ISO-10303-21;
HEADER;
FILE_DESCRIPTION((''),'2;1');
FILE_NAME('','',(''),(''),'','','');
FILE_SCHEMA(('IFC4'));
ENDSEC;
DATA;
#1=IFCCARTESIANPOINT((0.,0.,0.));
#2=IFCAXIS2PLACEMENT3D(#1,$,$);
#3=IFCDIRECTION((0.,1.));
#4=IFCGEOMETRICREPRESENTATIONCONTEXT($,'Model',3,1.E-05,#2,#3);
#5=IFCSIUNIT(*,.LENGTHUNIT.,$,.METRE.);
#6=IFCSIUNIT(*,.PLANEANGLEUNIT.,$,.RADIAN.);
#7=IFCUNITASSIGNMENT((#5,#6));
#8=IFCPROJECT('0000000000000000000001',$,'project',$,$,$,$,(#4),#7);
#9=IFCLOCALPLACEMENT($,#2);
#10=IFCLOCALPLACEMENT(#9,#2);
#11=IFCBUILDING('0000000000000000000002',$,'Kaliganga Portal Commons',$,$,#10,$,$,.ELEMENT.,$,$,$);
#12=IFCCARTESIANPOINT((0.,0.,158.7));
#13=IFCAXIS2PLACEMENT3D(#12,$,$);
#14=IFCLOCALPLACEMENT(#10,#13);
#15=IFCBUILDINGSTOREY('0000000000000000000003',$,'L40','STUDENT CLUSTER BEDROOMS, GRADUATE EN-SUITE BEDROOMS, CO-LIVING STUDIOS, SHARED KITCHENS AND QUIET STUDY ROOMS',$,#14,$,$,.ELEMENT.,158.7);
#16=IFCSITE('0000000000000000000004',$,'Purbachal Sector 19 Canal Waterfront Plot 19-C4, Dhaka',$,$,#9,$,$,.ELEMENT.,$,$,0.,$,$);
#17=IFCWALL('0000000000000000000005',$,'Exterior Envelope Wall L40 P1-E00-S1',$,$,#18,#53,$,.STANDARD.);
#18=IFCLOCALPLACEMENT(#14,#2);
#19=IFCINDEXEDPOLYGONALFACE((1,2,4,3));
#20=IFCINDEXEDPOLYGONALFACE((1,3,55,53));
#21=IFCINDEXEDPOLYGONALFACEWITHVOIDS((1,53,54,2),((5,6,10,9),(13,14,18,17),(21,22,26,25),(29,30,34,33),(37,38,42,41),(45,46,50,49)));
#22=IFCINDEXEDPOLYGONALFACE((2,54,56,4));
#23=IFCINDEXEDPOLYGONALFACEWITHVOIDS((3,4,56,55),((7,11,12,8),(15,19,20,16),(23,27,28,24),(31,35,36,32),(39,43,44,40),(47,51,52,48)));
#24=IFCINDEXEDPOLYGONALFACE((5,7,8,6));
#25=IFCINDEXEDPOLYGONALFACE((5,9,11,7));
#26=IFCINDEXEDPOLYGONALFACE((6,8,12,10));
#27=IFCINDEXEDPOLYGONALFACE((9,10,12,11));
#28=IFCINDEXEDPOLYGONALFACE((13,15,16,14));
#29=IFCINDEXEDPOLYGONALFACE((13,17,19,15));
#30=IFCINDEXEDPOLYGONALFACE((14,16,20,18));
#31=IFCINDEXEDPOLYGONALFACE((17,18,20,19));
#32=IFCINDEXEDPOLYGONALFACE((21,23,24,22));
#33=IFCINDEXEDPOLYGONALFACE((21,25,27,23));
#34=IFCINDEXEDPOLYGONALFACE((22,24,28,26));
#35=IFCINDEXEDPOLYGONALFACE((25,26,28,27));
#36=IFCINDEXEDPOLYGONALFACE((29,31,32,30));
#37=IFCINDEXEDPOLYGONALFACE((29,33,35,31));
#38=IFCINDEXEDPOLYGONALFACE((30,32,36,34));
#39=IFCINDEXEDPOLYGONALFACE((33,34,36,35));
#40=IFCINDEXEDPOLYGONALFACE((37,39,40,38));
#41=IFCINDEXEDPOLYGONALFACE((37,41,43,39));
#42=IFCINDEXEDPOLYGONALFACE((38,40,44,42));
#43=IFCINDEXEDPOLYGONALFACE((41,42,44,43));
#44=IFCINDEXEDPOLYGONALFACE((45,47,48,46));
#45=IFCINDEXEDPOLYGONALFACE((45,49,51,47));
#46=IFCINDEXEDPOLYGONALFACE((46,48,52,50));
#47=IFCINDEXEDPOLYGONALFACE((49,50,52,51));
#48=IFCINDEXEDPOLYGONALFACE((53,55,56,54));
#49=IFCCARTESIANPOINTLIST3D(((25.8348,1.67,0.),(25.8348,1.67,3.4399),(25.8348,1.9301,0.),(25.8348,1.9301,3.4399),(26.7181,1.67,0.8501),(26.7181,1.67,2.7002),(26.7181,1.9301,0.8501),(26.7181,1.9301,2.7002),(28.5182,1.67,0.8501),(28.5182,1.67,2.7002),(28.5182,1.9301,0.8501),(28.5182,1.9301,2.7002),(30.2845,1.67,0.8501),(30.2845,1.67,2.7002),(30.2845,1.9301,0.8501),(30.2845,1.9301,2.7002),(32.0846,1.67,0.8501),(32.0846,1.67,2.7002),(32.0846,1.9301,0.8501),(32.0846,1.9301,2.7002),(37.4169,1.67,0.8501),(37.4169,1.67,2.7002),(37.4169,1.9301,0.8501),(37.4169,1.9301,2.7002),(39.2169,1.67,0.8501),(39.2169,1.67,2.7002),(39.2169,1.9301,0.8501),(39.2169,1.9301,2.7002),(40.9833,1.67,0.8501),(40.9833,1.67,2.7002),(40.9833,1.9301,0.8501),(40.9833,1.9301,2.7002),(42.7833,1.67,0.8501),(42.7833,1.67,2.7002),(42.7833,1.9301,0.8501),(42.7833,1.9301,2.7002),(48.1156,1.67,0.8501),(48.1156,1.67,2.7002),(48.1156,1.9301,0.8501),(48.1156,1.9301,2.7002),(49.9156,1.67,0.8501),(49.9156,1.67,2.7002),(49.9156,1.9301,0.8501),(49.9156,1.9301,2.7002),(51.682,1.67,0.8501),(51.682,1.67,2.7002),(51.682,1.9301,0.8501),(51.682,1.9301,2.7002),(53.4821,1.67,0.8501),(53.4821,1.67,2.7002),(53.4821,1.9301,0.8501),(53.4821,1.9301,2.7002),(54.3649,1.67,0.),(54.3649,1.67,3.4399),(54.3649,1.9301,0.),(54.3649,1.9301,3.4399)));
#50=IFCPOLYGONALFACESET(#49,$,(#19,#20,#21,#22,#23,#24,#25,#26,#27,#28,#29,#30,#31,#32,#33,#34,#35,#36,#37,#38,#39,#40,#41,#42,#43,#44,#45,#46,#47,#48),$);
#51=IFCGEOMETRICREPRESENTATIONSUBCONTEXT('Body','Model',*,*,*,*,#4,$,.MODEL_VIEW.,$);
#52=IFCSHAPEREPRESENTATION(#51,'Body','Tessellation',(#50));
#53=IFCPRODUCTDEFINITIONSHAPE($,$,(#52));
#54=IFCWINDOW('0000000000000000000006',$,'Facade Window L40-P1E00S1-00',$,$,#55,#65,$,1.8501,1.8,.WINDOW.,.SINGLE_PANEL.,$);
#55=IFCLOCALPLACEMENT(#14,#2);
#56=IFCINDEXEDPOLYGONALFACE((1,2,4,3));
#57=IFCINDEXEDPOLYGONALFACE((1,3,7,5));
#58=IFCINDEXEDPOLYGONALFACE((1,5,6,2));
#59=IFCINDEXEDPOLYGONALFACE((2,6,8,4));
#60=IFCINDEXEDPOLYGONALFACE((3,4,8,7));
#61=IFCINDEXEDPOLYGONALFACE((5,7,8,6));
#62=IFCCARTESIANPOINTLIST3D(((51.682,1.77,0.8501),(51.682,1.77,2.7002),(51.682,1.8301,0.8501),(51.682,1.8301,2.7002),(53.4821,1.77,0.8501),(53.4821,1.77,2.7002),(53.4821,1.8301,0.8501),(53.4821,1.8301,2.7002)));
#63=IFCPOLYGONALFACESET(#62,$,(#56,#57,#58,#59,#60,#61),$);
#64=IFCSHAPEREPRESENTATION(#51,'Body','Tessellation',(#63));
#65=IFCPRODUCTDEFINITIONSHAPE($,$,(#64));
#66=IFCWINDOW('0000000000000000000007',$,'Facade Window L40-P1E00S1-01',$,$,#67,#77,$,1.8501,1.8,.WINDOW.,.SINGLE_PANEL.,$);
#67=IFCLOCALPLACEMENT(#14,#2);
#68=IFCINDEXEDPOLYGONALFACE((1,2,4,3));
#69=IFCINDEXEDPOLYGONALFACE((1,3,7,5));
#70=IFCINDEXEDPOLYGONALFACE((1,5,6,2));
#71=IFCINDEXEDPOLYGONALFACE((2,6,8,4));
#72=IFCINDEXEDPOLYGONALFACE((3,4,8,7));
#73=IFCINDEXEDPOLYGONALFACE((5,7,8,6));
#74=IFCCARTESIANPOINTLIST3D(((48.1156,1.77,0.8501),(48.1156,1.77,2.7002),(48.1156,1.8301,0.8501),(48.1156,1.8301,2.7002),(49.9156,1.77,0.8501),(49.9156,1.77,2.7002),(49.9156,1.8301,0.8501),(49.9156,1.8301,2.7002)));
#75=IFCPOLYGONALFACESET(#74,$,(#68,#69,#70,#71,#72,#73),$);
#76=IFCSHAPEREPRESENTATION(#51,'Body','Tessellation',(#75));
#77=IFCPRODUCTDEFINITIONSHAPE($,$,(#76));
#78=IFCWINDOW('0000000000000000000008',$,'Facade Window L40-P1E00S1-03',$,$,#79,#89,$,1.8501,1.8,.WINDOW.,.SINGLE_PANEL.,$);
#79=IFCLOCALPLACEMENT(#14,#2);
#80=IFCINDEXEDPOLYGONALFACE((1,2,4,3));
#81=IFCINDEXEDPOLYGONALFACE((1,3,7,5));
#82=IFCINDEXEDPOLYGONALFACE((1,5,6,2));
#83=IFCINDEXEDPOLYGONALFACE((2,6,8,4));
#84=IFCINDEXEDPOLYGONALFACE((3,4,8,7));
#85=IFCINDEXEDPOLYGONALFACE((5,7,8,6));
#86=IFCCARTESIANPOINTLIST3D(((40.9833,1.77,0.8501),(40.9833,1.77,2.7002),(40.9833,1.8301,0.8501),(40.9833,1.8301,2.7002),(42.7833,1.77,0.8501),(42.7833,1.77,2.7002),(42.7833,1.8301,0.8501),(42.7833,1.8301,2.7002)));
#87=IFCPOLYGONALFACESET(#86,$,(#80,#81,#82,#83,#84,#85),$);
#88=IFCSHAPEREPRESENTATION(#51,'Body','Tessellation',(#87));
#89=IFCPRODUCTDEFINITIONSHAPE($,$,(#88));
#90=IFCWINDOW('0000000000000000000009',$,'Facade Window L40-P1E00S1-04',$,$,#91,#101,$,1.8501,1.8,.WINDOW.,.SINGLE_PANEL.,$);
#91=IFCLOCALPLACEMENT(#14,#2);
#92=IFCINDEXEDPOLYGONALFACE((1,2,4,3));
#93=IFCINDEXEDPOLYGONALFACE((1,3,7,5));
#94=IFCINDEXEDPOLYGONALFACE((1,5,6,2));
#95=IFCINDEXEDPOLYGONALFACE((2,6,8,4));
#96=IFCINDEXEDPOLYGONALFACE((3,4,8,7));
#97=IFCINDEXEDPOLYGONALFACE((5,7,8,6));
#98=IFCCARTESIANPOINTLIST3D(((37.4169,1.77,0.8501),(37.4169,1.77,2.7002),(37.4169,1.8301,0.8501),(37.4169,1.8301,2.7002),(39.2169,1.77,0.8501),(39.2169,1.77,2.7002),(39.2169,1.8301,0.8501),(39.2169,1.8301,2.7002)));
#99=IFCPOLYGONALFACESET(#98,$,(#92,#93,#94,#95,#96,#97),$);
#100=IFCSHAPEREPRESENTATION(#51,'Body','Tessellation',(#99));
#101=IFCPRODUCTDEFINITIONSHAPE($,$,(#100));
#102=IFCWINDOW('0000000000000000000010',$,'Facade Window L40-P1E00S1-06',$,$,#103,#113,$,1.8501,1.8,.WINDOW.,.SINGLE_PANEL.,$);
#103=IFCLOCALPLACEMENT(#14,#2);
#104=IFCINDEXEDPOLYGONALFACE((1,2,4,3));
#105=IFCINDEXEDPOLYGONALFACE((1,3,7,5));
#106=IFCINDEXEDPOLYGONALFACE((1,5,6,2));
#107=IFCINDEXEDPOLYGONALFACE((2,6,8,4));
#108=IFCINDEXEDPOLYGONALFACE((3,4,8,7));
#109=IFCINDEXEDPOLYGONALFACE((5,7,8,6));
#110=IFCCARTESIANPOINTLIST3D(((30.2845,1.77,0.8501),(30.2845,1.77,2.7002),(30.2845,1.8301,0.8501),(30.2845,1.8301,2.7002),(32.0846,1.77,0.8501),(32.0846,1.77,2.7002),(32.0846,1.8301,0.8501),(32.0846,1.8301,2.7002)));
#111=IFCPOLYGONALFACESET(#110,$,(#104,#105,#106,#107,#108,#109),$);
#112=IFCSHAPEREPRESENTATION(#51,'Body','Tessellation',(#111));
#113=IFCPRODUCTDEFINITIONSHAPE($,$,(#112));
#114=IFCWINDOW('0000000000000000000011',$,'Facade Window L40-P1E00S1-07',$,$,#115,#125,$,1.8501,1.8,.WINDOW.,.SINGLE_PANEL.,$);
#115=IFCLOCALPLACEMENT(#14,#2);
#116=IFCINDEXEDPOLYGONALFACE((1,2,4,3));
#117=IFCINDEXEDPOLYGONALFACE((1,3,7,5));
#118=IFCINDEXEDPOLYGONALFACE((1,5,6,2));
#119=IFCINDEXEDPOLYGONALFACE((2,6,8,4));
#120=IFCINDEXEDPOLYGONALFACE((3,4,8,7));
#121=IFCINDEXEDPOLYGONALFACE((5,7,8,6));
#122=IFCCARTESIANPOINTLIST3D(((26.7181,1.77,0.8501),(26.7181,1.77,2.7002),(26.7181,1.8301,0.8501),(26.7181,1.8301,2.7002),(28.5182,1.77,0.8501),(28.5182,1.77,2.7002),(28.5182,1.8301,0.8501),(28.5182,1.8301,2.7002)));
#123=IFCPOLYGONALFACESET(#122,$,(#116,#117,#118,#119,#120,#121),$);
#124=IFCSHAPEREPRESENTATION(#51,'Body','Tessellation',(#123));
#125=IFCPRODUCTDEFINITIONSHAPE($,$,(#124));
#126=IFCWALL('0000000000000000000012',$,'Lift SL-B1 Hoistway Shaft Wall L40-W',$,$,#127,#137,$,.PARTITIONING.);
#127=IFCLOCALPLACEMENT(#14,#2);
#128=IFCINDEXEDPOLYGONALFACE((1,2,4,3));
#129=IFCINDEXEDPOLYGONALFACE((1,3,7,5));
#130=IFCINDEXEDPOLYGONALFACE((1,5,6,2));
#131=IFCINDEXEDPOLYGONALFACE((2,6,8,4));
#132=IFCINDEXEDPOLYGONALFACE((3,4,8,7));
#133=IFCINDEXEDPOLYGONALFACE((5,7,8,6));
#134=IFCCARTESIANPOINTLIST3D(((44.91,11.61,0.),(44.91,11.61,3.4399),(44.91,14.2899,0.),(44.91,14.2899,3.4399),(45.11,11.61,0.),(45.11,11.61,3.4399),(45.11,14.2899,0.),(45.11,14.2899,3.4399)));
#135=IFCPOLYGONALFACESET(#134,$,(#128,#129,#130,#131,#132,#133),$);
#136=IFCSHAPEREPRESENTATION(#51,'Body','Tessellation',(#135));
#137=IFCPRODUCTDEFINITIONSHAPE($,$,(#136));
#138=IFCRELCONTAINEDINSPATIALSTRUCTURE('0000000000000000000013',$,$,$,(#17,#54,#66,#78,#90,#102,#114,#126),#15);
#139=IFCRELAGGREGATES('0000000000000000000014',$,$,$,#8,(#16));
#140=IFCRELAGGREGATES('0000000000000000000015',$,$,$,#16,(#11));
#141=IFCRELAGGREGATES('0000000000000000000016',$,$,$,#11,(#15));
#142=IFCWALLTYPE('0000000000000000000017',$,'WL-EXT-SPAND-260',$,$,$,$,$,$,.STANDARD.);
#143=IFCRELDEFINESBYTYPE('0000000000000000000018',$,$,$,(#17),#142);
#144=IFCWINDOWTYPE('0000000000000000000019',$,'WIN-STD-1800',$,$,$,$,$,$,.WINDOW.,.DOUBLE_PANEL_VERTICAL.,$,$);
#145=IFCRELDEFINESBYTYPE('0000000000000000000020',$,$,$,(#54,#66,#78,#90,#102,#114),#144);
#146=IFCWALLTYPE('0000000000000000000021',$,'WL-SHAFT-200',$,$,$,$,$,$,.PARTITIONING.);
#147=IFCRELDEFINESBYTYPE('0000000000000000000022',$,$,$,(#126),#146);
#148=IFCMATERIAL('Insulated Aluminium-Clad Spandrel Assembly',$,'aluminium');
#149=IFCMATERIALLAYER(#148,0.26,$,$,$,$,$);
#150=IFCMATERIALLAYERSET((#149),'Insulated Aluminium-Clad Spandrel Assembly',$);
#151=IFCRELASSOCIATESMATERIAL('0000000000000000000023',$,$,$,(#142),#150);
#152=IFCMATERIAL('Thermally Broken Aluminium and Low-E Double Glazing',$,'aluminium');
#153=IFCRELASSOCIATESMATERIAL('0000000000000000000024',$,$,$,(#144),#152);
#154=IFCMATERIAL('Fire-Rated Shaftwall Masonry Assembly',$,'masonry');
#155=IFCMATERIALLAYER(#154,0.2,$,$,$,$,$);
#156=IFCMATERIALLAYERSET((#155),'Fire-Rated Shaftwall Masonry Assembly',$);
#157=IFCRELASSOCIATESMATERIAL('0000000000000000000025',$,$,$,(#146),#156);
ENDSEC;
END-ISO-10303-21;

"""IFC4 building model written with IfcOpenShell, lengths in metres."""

from ifc_helpers import new_model, si_unit, direction, frame, frame_2d, origin, place, context, subcontext, project, spatial, rectangle, extrude, material, layer, layer_set, type_object, element, fill, save


model = new_model("IFC4")

# Units and contexts
model_context = context("Model", 3, precision=1e-05, world=origin(), true_north=direction((0.0, 1.0)))
body_context = subcontext(model_context, "Body", "Model", "MODEL_VIEW")
ifc_project = project(units=[si_unit("LENGTHUNIT", "METRE"), si_unit("PLANEANGLEUNIT", "RADIAN")], contexts=[model_context])

# Site, building, storey
site_placement = place(None, origin())
site = spatial("IfcSite", under=ifc_project, at=site_placement, Name="Purbachal Sector 19 Canal Waterfront Plot 19-C4, Dhaka", CompositionType="ELEMENT", RefElevation=0.0)
building_placement = place(site_placement, origin())
building = spatial("IfcBuilding", under=site, at=building_placement, Name="Kaliganga Portal Commons", CompositionType="ELEMENT")
storey_placement = place(building_placement, frame((0.0, 0.0, 158.7)))
storey = spatial("IfcBuildingStorey", under=building, at=storey_placement, Name="L40", Description="STUDENT CLUSTER BEDROOMS, GRADUATE EN-SUITE BEDROOMS, CO-LIVING STUDIOS, SHARED KITCHENS AND QUIET STUDY ROOMS", CompositionType="ELEMENT", Elevation=158.7)

# Wall, openings, windows
ifc_material_1 = material(Name="Insulated Aluminium-Clad Spandrel Assembly", Category="aluminium")
ifc_layer_1 = layer(ifc_material_1, 0.26)
ifc_layer_set_1 = layer_set([ifc_layer_1], Name="Insulated Aluminium-Clad Spandrel Assembly")
wall_type_1 = type_object("IfcWallType", Name="WL-EXT-SPAND-260", PredefinedType="STANDARD", material=ifc_layer_set_1)
wall_1_placement = place(storey_placement, frame((54.365, 1.8, 0.0), z_axis=(0.0, 0.0, 1.0), x_axis=(-1.0, 0.0, 0.0)))
wall_1 = element("IfcWall", 1, at=wall_1_placement, inside=storey, type_object=wall_type_1, Name="Exterior Envelope Wall L40 P1-E00-S1", PredefinedType="STANDARD", context=body_context, shape_type="SweptSolid", body=[
    extrude(rectangle(XDim=28.53, YDim=0.26, at=frame_2d((14.2651, 0.0))), origin(), (0.0, 0.0, 1.0), 3.4399),
])
opening_1_placement = place(wall_1_placement, frame((0.8831, 0.0, 0.8501)))
opening_1 = element("IfcOpeningElement", 2, at=opening_1_placement, cuts=wall_1, PredefinedType="OPENING", context=body_context, shape_type="SweptSolid", body=[
    extrude(rectangle(XDim=1.8, YDim=1.8501, at=frame_2d((0.8999, 0.925))), frame((0.0, 0.1401, 0.0), z_axis=(0.0, -1.0, 0.0), x_axis=(1.0, 0.0, 0.0)), (0.0, 0.0, 1.0), 0.28),
])
opening_2_placement = place(wall_1_placement, frame((4.4495, 0.0, 0.8501)))
opening_2 = element("IfcOpeningElement", 3, at=opening_2_placement, cuts=wall_1, PredefinedType="OPENING", context=body_context, shape_type="SweptSolid", body=[
    extrude(rectangle(XDim=1.8, YDim=1.8501, at=frame_2d((0.8999, 0.925))), frame((0.0, 0.1401, 0.0), z_axis=(0.0, -1.0, 0.0), x_axis=(1.0, 0.0, 0.0)), (0.0, 0.0, 1.0), 0.28),
])
opening_3_placement = place(wall_1_placement, frame((11.5818, 0.0, 0.8501)))
opening_3 = element("IfcOpeningElement", 4, at=opening_3_placement, cuts=wall_1, PredefinedType="OPENING", context=body_context, shape_type="SweptSolid", body=[
    extrude(rectangle(XDim=1.8, YDim=1.8501, at=frame_2d((0.8999, 0.925))), frame((0.0, 0.1401, 0.0), z_axis=(0.0, -1.0, 0.0), x_axis=(1.0, 0.0, 0.0)), (0.0, 0.0, 1.0), 0.28),
])
opening_4_placement = place(wall_1_placement, frame((15.1482, 0.0, 0.8501)))
opening_4 = element("IfcOpeningElement", 5, at=opening_4_placement, cuts=wall_1, PredefinedType="OPENING", context=body_context, shape_type="SweptSolid", body=[
    extrude(rectangle(XDim=1.8, YDim=1.8501, at=frame_2d((0.8999, 0.925))), frame((0.0, 0.1401, 0.0), z_axis=(0.0, -1.0, 0.0), x_axis=(1.0, 0.0, 0.0)), (0.0, 0.0, 1.0), 0.28),
])
opening_5_placement = place(wall_1_placement, frame((22.2805, 0.0, 0.8501)))
opening_5 = element("IfcOpeningElement", 6, at=opening_5_placement, cuts=wall_1, PredefinedType="OPENING", context=body_context, shape_type="SweptSolid", body=[
    extrude(rectangle(XDim=1.8, YDim=1.8501, at=frame_2d((0.8999, 0.925))), frame((0.0, 0.1401, 0.0), z_axis=(0.0, -1.0, 0.0), x_axis=(1.0, 0.0, 0.0)), (0.0, 0.0, 1.0), 0.28),
])
opening_6_placement = place(wall_1_placement, frame((25.8469, 0.0, 0.8501)))
opening_6 = element("IfcOpeningElement", 7, at=opening_6_placement, cuts=wall_1, PredefinedType="OPENING", context=body_context, shape_type="SweptSolid", body=[
    extrude(rectangle(XDim=1.8, YDim=1.8501, at=frame_2d((0.8999, 0.925))), frame((0.0, 0.1401, 0.0), z_axis=(0.0, -1.0, 0.0), x_axis=(1.0, 0.0, 0.0)), (0.0, 0.0, 1.0), 0.28),
])
ifc_material_2 = material(Name="Thermally Broken Aluminium and Low-E Double Glazing", Category="aluminium")
window_type = type_object("IfcWindowType", Name="WIN-STD-1800", PartitioningType="DOUBLE_PANEL_VERTICAL", PredefinedType="WINDOW", material=ifc_material_2)
window_1_placement = place(opening_1_placement, origin())
window_1 = element("IfcWindow", 8, at=window_1_placement, inside=storey, type_object=window_type, Name="Facade Window L40-P1E00S1-00", OverallHeight=1.8501, OverallWidth=1.8, PartitioningType="SINGLE_PANEL", PredefinedType="WINDOW", context=body_context, shape_type="SweptSolid", body=[
    extrude(rectangle(XDim=1.8, YDim=1.8501, at=frame_2d((0.8999, 0.925))), frame((0.0, 0.03, 0.0), z_axis=(0.0, -1.0, 0.0), x_axis=(1.0, 0.0, 0.0)), (0.0, 0.0, 1.0), 0.0601),
])
fill(opening_1, window_1)
window_2_placement = place(opening_2_placement, origin())
window_2 = element("IfcWindow", 9, at=window_2_placement, inside=storey, type_object=window_type, Name="Facade Window L40-P1E00S1-01", OverallHeight=1.8501, OverallWidth=1.8, PartitioningType="SINGLE_PANEL", PredefinedType="WINDOW", context=body_context, shape_type="SweptSolid", body=[
    extrude(rectangle(XDim=1.8, YDim=1.8501, at=frame_2d((0.8999, 0.925))), frame((0.0, 0.03, 0.0), z_axis=(0.0, -1.0, 0.0), x_axis=(1.0, 0.0, 0.0)), (0.0, 0.0, 1.0), 0.0601),
])
fill(opening_2, window_2)
window_3_placement = place(opening_3_placement, origin())
window_3 = element("IfcWindow", 10, at=window_3_placement, inside=storey, type_object=window_type, Name="Facade Window L40-P1E00S1-03", OverallHeight=1.8501, OverallWidth=1.8, PartitioningType="SINGLE_PANEL", PredefinedType="WINDOW", context=body_context, shape_type="SweptSolid", body=[
    extrude(rectangle(XDim=1.8, YDim=1.8501, at=frame_2d((0.8999, 0.925))), frame((0.0, 0.03, 0.0), z_axis=(0.0, -1.0, 0.0), x_axis=(1.0, 0.0, 0.0)), (0.0, 0.0, 1.0), 0.0601),
])
fill(opening_3, window_3)
window_4_placement = place(opening_4_placement, origin())
window_4 = element("IfcWindow", 11, at=window_4_placement, inside=storey, type_object=window_type, Name="Facade Window L40-P1E00S1-04", OverallHeight=1.8501, OverallWidth=1.8, PartitioningType="SINGLE_PANEL", PredefinedType="WINDOW", context=body_context, shape_type="SweptSolid", body=[
    extrude(rectangle(XDim=1.8, YDim=1.8501, at=frame_2d((0.8999, 0.925))), frame((0.0, 0.03, 0.0), z_axis=(0.0, -1.0, 0.0), x_axis=(1.0, 0.0, 0.0)), (0.0, 0.0, 1.0), 0.0601),
])
fill(opening_4, window_4)
window_5_placement = place(opening_5_placement, origin())
window_5 = element("IfcWindow", 12, at=window_5_placement, inside=storey, type_object=window_type, Name="Facade Window L40-P1E00S1-06", OverallHeight=1.8501, OverallWidth=1.8, PartitioningType="SINGLE_PANEL", PredefinedType="WINDOW", context=body_context, shape_type="SweptSolid", body=[
    extrude(rectangle(XDim=1.8, YDim=1.8501, at=frame_2d((0.8999, 0.925))), frame((0.0, 0.03, 0.0), z_axis=(0.0, -1.0, 0.0), x_axis=(1.0, 0.0, 0.0)), (0.0, 0.0, 1.0), 0.0601),
])
fill(opening_5, window_5)
window_6_placement = place(opening_6_placement, origin())
window_6 = element("IfcWindow", 13, at=window_6_placement, inside=storey, type_object=window_type, Name="Facade Window L40-P1E00S1-07", OverallHeight=1.8501, OverallWidth=1.8, PartitioningType="SINGLE_PANEL", PredefinedType="WINDOW", context=body_context, shape_type="SweptSolid", body=[
    extrude(rectangle(XDim=1.8, YDim=1.8501, at=frame_2d((0.8999, 0.925))), frame((0.0, 0.03, 0.0), z_axis=(0.0, -1.0, 0.0), x_axis=(1.0, 0.0, 0.0)), (0.0, 0.0, 1.0), 0.0601),
])
fill(opening_6, window_6)

# Wall
ifc_material_3 = material(Name="Fire-Rated Shaftwall Masonry Assembly", Category="masonry")
ifc_layer_2 = layer(ifc_material_3, 0.2)
ifc_layer_set_2 = layer_set([ifc_layer_2], Name="Fire-Rated Shaftwall Masonry Assembly")
wall_type_2 = type_object("IfcWallType", Name="WL-SHAFT-200", PredefinedType="PARTITIONING", material=ifc_layer_set_2)
wall_2_placement = place(storey_placement, frame((45.01, 11.6101, 0.0), z_axis=(0.0, 0.0, 1.0), x_axis=(0.0, 1.0, 0.0)))
element("IfcWall", 14, at=wall_2_placement, inside=storey, type_object=wall_type_2, Name="Lift SL-B1 Hoistway Shaft Wall L40-W", PredefinedType="PARTITIONING", context=body_context, shape_type="SweptSolid", body=[
    extrude(rectangle(XDim=2.6799, YDim=0.2, at=frame_2d((1.3398, 0.0))), origin(), (0.0, 0.0, 1.0), 3.4399),
])

save(model, "model.ifc")
